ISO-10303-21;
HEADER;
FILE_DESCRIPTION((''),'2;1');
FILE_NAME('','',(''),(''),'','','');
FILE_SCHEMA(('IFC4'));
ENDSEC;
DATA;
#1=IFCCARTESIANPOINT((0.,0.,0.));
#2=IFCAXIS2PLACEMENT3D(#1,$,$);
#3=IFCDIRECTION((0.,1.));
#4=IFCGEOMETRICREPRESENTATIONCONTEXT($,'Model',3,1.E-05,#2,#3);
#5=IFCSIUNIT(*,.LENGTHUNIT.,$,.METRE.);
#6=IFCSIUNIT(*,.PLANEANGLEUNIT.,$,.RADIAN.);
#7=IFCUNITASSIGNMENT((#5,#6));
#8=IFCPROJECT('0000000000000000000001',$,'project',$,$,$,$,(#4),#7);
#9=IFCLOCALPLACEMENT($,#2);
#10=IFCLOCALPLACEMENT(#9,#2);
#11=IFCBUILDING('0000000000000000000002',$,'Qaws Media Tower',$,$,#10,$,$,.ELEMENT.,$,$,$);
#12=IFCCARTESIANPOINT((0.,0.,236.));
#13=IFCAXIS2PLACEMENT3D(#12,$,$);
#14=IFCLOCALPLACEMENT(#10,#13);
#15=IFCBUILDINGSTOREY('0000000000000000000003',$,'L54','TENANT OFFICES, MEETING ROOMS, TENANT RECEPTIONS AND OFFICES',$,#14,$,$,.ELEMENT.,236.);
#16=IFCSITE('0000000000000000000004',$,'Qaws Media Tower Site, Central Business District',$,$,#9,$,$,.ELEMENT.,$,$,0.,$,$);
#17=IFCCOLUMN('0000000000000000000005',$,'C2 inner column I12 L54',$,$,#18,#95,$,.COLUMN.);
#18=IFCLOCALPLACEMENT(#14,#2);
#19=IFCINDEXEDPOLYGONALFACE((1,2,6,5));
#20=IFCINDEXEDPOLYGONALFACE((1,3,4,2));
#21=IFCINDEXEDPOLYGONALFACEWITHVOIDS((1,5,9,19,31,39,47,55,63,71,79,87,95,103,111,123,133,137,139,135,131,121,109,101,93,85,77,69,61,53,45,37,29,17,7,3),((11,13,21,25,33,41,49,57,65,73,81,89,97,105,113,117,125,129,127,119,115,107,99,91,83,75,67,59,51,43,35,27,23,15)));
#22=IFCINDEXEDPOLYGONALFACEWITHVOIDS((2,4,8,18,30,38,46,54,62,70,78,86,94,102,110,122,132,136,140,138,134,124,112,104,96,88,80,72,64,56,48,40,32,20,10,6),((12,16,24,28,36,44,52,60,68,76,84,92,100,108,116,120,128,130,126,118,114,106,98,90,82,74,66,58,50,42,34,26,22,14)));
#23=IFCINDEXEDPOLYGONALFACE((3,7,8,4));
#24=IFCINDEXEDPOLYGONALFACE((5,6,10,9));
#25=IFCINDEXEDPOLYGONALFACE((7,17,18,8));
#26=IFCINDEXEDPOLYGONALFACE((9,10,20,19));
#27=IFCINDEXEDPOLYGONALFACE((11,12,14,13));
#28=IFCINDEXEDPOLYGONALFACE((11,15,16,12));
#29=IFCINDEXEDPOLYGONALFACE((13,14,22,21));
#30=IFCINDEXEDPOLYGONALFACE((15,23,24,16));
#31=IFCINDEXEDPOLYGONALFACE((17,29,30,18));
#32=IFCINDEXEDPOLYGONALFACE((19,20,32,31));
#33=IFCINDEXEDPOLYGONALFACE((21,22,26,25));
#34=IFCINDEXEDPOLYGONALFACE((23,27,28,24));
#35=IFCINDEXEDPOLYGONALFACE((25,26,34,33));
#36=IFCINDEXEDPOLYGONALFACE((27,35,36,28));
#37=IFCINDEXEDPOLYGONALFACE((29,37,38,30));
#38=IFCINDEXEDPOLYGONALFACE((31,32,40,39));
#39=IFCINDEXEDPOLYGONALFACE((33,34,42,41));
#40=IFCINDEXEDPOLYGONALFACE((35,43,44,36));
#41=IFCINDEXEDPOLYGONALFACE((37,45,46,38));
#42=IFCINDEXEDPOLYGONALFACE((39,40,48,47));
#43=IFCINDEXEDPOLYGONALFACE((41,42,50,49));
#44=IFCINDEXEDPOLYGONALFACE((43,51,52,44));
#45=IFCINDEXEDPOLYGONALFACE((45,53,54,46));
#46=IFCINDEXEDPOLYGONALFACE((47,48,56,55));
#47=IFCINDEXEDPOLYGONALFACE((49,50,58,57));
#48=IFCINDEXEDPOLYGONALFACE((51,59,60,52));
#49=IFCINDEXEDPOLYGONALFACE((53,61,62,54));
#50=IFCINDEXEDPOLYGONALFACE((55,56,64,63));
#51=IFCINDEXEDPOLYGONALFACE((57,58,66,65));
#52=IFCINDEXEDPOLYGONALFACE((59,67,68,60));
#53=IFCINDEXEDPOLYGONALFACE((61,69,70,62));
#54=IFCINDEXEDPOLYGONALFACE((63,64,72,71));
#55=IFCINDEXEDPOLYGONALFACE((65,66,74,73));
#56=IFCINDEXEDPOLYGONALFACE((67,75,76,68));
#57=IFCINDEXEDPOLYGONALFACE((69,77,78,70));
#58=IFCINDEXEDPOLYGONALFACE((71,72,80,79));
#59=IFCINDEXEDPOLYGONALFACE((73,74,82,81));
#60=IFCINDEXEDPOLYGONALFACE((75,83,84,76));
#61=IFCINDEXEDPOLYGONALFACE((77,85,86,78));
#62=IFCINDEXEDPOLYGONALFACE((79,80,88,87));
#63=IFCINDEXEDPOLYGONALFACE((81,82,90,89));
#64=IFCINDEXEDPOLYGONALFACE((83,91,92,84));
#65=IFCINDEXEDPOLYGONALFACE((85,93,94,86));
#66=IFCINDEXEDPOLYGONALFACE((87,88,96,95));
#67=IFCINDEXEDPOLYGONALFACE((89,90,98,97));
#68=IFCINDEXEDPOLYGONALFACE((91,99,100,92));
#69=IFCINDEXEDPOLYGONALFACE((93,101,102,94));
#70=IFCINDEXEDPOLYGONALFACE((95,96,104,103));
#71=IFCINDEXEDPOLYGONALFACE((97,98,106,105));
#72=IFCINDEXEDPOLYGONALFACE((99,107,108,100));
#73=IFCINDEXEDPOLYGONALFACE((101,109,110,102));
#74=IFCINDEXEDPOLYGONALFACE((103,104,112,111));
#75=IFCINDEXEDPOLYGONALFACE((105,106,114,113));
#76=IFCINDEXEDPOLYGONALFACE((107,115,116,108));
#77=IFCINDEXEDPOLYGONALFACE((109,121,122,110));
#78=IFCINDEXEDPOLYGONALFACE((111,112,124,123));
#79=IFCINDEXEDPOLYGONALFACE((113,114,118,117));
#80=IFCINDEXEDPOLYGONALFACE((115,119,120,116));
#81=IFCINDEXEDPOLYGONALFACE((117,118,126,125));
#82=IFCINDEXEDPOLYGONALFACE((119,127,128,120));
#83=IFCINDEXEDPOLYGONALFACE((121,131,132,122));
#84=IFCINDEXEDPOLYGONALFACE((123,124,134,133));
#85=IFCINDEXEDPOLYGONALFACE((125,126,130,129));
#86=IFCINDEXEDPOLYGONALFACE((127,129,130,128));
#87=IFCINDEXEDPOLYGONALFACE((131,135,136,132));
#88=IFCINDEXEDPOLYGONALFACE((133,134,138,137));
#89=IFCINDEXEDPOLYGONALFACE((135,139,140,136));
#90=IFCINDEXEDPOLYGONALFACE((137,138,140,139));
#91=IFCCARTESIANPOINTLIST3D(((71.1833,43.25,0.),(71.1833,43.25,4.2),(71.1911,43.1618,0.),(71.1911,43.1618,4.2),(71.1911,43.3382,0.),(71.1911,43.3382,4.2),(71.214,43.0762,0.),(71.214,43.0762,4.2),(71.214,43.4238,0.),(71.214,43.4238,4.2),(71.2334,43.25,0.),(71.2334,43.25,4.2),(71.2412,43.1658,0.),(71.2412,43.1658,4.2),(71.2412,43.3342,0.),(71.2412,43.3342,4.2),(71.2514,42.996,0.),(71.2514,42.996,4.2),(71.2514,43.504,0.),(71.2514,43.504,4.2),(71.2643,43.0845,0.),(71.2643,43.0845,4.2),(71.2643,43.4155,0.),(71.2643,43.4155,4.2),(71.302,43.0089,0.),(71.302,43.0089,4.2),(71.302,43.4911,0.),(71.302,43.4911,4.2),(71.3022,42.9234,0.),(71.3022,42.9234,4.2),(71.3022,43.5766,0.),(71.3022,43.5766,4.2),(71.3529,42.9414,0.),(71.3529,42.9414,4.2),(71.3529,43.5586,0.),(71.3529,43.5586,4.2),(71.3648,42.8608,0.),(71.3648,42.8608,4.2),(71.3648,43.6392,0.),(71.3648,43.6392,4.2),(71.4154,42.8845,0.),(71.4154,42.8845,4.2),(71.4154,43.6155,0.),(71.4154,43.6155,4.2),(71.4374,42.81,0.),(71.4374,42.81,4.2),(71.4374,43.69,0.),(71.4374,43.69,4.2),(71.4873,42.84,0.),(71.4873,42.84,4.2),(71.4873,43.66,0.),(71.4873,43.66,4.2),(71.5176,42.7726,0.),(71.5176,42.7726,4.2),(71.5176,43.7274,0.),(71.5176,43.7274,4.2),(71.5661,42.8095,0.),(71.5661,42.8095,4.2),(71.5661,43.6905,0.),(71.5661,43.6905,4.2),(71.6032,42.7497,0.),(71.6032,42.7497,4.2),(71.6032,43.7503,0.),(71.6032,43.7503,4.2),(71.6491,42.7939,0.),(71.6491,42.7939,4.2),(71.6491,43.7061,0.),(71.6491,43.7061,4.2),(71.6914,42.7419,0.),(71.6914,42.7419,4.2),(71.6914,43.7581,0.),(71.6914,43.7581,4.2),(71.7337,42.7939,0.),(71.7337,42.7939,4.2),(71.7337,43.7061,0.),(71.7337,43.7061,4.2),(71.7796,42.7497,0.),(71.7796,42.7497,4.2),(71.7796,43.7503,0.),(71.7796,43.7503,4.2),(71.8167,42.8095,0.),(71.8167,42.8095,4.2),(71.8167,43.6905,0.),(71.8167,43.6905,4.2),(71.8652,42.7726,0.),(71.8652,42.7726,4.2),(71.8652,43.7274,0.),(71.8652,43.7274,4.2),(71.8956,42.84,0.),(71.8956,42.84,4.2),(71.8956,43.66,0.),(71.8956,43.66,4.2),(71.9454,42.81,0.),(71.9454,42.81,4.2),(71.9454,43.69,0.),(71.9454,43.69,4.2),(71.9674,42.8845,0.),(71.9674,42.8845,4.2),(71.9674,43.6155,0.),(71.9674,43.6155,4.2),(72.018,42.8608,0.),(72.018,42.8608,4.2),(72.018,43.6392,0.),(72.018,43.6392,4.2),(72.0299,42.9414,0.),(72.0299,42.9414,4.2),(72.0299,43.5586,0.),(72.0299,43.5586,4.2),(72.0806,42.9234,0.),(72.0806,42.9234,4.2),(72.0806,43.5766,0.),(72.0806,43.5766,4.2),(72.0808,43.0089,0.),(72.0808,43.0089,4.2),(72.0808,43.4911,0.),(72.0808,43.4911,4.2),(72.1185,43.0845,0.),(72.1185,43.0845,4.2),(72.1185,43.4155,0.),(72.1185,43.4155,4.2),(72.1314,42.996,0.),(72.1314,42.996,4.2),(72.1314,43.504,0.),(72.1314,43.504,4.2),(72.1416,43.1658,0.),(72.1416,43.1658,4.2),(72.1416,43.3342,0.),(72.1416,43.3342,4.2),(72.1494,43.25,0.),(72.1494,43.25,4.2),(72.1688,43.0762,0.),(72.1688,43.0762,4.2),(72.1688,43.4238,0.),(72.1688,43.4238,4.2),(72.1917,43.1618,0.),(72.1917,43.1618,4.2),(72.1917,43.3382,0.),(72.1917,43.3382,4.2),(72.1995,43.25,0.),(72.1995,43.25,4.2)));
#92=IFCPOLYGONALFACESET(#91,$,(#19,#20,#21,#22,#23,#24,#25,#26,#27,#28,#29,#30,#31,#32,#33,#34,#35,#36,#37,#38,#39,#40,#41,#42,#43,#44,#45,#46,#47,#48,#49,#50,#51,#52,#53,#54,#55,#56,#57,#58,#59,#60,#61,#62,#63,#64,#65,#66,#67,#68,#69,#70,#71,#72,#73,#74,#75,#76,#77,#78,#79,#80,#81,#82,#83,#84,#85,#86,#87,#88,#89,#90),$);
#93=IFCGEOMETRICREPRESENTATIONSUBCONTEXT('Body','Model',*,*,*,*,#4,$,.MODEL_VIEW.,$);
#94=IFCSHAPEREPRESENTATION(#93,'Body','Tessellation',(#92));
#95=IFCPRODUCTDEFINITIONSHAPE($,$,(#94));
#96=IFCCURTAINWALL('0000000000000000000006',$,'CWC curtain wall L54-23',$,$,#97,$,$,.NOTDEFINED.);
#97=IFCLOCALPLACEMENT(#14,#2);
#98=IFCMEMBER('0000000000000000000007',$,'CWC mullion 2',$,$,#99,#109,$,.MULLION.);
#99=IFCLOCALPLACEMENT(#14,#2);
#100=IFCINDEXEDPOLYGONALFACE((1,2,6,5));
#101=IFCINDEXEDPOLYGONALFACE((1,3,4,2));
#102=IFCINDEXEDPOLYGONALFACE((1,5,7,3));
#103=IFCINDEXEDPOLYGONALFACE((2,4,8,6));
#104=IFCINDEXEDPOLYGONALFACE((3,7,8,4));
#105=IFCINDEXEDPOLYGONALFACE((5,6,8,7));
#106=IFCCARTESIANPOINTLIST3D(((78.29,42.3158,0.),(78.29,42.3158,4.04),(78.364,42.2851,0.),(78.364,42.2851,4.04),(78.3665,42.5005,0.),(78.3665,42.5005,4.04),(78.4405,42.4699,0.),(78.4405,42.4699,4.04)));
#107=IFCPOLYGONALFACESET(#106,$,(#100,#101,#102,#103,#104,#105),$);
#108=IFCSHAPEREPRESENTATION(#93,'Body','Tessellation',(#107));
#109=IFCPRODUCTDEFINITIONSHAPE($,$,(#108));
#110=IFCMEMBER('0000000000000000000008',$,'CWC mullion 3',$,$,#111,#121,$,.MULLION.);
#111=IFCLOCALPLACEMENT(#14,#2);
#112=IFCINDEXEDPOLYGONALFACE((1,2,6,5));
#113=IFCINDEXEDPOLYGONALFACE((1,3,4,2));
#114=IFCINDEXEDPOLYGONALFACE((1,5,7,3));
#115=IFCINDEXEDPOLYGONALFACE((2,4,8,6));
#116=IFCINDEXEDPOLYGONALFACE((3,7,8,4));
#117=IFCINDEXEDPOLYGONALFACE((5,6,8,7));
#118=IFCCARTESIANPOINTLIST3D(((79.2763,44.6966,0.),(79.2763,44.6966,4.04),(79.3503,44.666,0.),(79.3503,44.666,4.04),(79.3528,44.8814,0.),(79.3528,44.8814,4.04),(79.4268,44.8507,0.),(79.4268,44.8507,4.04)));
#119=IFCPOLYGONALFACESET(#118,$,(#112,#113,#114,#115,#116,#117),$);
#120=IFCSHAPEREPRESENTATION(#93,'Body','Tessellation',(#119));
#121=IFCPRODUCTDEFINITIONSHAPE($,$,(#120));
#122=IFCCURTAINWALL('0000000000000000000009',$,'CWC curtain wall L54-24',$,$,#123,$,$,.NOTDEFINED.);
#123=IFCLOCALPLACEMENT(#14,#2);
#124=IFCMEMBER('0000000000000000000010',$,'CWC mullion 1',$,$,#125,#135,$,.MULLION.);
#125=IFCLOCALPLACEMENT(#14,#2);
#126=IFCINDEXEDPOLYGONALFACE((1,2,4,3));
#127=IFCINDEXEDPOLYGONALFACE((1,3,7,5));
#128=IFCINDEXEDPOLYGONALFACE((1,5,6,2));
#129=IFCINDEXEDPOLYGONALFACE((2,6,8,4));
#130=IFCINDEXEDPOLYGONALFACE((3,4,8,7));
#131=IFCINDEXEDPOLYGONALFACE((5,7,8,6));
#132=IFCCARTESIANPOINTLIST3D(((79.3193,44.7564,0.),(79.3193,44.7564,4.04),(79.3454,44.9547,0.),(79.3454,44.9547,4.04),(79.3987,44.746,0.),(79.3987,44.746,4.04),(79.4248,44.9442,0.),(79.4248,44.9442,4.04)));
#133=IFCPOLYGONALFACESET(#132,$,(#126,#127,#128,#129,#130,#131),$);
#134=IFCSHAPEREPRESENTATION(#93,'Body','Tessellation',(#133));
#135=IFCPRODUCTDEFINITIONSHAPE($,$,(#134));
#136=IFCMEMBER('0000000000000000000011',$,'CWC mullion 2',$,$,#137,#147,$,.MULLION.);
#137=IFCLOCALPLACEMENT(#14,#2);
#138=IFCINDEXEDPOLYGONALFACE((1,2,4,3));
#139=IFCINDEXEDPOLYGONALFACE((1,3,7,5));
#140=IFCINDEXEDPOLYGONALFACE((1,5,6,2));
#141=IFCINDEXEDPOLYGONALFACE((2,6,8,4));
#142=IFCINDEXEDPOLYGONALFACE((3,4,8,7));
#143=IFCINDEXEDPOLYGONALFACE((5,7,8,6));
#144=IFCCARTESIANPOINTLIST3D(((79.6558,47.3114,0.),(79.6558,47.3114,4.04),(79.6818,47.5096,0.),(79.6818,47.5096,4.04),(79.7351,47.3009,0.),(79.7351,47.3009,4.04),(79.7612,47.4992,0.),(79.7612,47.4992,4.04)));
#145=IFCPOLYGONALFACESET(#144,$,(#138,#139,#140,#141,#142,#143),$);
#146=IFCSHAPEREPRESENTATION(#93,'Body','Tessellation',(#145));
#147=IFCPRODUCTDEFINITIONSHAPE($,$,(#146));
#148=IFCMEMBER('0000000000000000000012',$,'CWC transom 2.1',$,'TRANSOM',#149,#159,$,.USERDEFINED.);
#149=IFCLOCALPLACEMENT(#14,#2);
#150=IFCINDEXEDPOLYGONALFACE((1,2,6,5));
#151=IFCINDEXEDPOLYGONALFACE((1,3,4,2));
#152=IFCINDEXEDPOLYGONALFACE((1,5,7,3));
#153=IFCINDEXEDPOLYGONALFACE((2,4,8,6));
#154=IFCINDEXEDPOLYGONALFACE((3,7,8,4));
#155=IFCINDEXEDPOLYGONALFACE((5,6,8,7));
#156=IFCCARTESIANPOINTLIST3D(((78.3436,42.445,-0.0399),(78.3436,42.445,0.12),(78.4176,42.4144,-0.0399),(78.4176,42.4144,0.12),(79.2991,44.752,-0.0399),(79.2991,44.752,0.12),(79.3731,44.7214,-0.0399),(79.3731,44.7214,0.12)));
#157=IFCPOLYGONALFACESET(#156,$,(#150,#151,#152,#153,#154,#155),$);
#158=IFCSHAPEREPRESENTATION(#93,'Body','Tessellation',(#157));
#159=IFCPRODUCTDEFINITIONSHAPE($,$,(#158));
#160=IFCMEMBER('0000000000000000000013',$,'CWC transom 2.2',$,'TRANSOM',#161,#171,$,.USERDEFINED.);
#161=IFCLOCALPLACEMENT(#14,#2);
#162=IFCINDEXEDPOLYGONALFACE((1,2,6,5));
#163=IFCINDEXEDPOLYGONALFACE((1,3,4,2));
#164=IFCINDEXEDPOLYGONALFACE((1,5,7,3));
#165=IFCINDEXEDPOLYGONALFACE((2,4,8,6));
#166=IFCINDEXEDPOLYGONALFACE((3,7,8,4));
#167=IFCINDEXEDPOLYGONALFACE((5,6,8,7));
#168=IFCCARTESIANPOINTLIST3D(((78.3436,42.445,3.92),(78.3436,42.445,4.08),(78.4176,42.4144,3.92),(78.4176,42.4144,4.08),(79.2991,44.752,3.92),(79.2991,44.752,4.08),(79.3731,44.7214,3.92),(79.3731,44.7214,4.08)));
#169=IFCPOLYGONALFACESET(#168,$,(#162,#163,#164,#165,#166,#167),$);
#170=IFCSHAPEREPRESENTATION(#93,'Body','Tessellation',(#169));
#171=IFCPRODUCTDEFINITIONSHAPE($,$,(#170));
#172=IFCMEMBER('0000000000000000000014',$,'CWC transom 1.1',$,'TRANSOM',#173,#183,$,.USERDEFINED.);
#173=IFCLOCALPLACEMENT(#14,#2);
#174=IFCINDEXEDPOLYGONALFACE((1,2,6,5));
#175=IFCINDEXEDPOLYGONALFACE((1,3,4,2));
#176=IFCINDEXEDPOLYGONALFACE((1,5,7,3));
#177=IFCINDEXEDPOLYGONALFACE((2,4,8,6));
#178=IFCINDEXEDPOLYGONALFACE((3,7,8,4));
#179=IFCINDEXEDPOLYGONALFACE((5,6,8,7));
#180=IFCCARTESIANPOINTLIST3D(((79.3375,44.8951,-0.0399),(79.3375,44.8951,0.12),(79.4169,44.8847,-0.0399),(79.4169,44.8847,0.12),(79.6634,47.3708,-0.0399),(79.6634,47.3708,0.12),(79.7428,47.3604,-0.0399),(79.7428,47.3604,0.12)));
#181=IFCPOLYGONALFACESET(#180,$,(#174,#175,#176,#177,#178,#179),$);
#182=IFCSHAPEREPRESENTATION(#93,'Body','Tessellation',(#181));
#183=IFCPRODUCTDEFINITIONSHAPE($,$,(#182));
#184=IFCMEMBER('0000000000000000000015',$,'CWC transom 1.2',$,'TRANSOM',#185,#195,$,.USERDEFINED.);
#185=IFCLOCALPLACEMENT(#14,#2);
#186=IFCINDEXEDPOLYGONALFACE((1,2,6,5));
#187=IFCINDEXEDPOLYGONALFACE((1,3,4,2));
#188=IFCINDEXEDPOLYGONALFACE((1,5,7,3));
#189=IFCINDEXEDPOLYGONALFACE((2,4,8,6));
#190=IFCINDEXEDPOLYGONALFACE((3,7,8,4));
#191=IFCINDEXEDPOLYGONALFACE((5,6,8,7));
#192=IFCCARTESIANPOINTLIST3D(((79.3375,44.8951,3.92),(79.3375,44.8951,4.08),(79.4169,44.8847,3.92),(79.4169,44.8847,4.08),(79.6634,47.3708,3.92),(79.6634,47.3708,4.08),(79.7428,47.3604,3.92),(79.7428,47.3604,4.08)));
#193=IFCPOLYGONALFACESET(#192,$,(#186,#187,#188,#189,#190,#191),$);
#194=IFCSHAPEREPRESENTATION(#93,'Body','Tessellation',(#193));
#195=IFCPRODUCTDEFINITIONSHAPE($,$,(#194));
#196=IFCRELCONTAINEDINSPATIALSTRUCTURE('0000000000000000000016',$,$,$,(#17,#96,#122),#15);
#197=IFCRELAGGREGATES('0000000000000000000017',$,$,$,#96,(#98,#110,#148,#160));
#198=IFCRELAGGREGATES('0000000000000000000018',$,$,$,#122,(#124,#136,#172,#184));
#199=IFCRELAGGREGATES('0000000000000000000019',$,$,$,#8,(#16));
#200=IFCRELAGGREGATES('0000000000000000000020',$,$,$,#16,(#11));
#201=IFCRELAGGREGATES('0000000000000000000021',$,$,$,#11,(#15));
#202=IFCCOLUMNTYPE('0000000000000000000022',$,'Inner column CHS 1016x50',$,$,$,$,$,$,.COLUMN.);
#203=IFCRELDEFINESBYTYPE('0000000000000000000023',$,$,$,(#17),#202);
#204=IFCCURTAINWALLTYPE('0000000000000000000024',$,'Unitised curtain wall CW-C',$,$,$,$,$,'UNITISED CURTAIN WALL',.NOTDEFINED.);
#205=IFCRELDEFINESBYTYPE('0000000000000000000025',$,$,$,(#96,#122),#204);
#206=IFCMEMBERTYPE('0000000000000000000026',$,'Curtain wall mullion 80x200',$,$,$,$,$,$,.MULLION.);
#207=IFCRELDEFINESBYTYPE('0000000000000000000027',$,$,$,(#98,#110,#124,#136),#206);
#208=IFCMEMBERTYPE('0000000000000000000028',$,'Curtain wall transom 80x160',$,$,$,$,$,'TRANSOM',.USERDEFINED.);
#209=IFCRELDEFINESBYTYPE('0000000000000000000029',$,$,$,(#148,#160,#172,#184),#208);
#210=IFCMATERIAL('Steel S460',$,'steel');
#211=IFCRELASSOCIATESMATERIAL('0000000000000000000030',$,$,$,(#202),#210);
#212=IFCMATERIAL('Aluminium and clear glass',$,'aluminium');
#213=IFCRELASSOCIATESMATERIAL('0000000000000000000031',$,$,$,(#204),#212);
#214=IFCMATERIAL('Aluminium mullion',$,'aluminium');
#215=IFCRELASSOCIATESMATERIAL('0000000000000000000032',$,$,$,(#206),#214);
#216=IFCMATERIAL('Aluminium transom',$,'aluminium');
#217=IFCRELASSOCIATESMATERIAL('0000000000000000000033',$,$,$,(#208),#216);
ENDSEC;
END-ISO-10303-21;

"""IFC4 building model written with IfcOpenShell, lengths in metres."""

from ifc_helpers import new_model, si_unit, direction, frame, origin, origin_2d, place, context, subcontext, project, spatial, rectangle, hollow_circle, extrude, material, material_profile, profile_set, type_object, element, aggregate, save


model = new_model("IFC4")

# Units and contexts
model_context = context("Model", 3, precision=1e-05, world=origin(), true_north=direction((0.0, 1.0)))
body_context = subcontext(model_context, "Body", "Model", "MODEL_VIEW")
ifc_project = project(units=[si_unit("LENGTHUNIT", "METRE"), si_unit("PLANEANGLEUNIT", "RADIAN")], contexts=[model_context])

# Site, building, storey
site_placement = place(None, origin())
site = spatial("IfcSite", under=ifc_project, at=site_placement, Name="Qaws Media Tower Site, Central Business District", CompositionType="ELEMENT", RefElevation=0.0)
building_placement = place(site_placement, origin())
building = spatial("IfcBuilding", under=site, at=building_placement, Name="Qaws Media Tower", CompositionType="ELEMENT")
storey_placement = place(building_placement, frame((0.0, 0.0, 236.0)))
storey = spatial("IfcBuildingStorey", under=building, at=storey_placement, Name="L54", Description="TENANT OFFICES, MEETING ROOMS, TENANT RECEPTIONS AND OFFICES", CompositionType="ELEMENT", Elevation=236.0)

# Column
ifc_material_1 = material(Name="Steel S460", Category="steel")
ifc_material_profile_1 = material_profile(ifc_material_1, hollow_circle(Radius=0.5081, WallThickness=0.05, at=origin_2d()), Name="CHS 1016x50")
ifc_profile_set_1 = profile_set([ifc_material_profile_1], Name="Steel S460")
column_type = type_object("IfcColumnType", Name="Inner column CHS 1016x50", PredefinedType="COLUMN", material=ifc_profile_set_1)
column_placement = place(storey_placement, frame((71.6914, 43.25, 0.0), z_axis=(0.0, 0.0, 1.0), x_axis=(1.0, 0.0, 0.0)))
element("IfcColumn", 1, at=column_placement, inside=storey, type_object=column_type, Name="C2 inner column I12 L54", PredefinedType="COLUMN", context=body_context, shape_type="SweptSolid", body=[
    extrude(hollow_circle(Radius=0.5081, WallThickness=0.05, at=origin_2d()), origin(), (0.0, 0.0, 1.0), 4.2),
])

# Curtain walls, members
ifc_material_2 = material(Name="Aluminium and clear glass", Category="aluminium")
curtain_wall_type = type_object("IfcCurtainWallType", Name="Unitised curtain wall CW-C", ElementType="UNITISED CURTAIN WALL", PredefinedType="NOTDEFINED", material=ifc_material_2)
curtain_wall_1_placement = place(storey_placement, origin())
curtain_wall_1 = element("IfcCurtainWall", 2, at=curtain_wall_1_placement, inside=storey, type_object=curtain_wall_type, Name="CWC curtain wall L54-23", PredefinedType="NOTDEFINED")
ifc_material_3 = material(Name="Aluminium mullion", Category="aluminium")
ifc_material_profile_2 = material_profile(ifc_material_3, rectangle(XDim=0.0801, YDim=0.2, at=origin_2d()), Name="80x200")
ifc_profile_set_2 = profile_set([ifc_material_profile_2], Name="Aluminium mullion")
member_type_1 = type_object("IfcMemberType", Name="Curtain wall mullion 80x200", PredefinedType="MULLION", material=ifc_profile_set_2)
member_1_placement = place(storey_placement, frame((78.3652, 42.3928, 0.0), z_axis=(0.0, 0.0, 1.0), x_axis=(-0.923879, 0.382684, 0.0)))
member_1 = element("IfcMember", 3, at=member_1_placement, type_object=member_type_1, Name="CWC mullion 2", PredefinedType="MULLION", context=body_context, shape_type="SweptSolid", body=[
    extrude(rectangle(XDim=0.0801, YDim=0.2, at=origin_2d()), origin(), (0.0, 0.0, 1.0), 4.04),
])
member_2_placement = place(storey_placement, frame((79.3516, 44.7737, 0.0), z_axis=(0.0, 0.0, 1.0), x_axis=(-0.923879, 0.382684, 0.0)))
member_2 = element("IfcMember", 4, at=member_2_placement, type_object=member_type_1, Name="CWC mullion 3", PredefinedType="MULLION", context=body_context, shape_type="SweptSolid", body=[
    extrude(rectangle(XDim=0.0801, YDim=0.2, at=origin_2d()), origin(), (0.0, 0.0, 1.0), 4.04),
])
curtain_wall_2_placement = place(storey_placement, origin())
curtain_wall_2 = element("IfcCurtainWall", 5, at=curtain_wall_2_placement, inside=storey, type_object=curtain_wall_type, Name="CWC curtain wall L54-24", PredefinedType="NOTDEFINED")
member_3_placement = place(storey_placement, frame((79.3721, 44.8503, 0.0), z_axis=(0.0, 0.0, 1.0), x_axis=(-0.991445, 0.130526, 0.0)))
member_3 = element("IfcMember", 6, at=member_3_placement, type_object=member_type_1, Name="CWC mullion 1", PredefinedType="MULLION", context=body_context, shape_type="SweptSolid", body=[
    extrude(rectangle(XDim=0.0801, YDim=0.2, at=origin_2d()), origin(), (0.0, 0.0, 1.0), 4.04),
])
member_4_placement = place(storey_placement, frame((79.7085, 47.4053, 0.0), z_axis=(0.0, 0.0, 1.0), x_axis=(-0.991445, 0.130526, 0.0)))
member_4 = element("IfcMember", 7, at=member_4_placement, type_object=member_type_1, Name="CWC mullion 2", PredefinedType="MULLION", context=body_context, shape_type="SweptSolid", body=[
    extrude(rectangle(XDim=0.0801, YDim=0.2, at=origin_2d()), origin(), (0.0, 0.0, 1.0), 4.04),
])

# Members
ifc_material_4 = material(Name="Aluminium transom", Category="aluminium")
ifc_material_profile_3 = material_profile(ifc_material_4, rectangle(XDim=0.0801, YDim=0.1599, at=origin_2d()), Name="80x160")
ifc_profile_set_3 = profile_set([ifc_material_profile_3], Name="Aluminium transom")
member_type_2 = type_object("IfcMemberType", Name="Curtain wall transom 80x160", ElementType="TRANSOM", PredefinedType="USERDEFINED", material=ifc_profile_set_3)
member_5_placement = place(storey_placement, frame((78.3806, 42.4297, 0.04), z_axis=(0.382657, 0.923891, 0.0), x_axis=(-0.923891, 0.382657, 0.0)))
member_5 = element("IfcMember", 8, at=member_5_placement, type_object=member_type_2, Name="CWC transom 2.1", ObjectType="TRANSOM", PredefinedType="USERDEFINED", context=body_context, shape_type="SweptSolid", body=[
    extrude(rectangle(XDim=0.0801, YDim=0.1599, at=origin_2d()), origin(), (0.0, 0.0, 1.0), 2.4971),
])
member_6_placement = place(storey_placement, frame((78.3806, 42.4297, 4.0), z_axis=(0.382657, 0.923891, 0.0), x_axis=(-0.923891, 0.382657, 0.0)))
member_6 = element("IfcMember", 9, at=member_6_placement, type_object=member_type_2, Name="CWC transom 2.2", ObjectType="TRANSOM", PredefinedType="USERDEFINED", context=body_context, shape_type="SweptSolid", body=[
    extrude(rectangle(XDim=0.0801, YDim=0.1599, at=origin_2d()), origin(), (0.0, 0.0, 1.0), 2.4971),
])
member_7_placement = place(storey_placement, frame((79.3772, 44.8899, 0.04), z_axis=(0.130518, 0.991446, 0.0), x_axis=(-0.991446, 0.130518, 0.0)))
member_7 = element("IfcMember", 10, at=member_7_placement, type_object=member_type_2, Name="CWC transom 1.1", ObjectType="TRANSOM", PredefinedType="USERDEFINED", context=body_context, shape_type="SweptSolid", body=[
    extrude(rectangle(XDim=0.0801, YDim=0.1599, at=origin_2d()), origin(), (0.0, 0.0, 1.0), 2.4971),
])
member_8_placement = place(storey_placement, frame((79.3772, 44.8899, 4.0), z_axis=(0.130518, 0.991446, 0.0), x_axis=(-0.991446, 0.130518, 0.0)))
member_8 = element("IfcMember", 11, at=member_8_placement, type_object=member_type_2, Name="CWC transom 1.2", ObjectType="TRANSOM", PredefinedType="USERDEFINED", context=body_context, shape_type="SweptSolid", body=[
    extrude(rectangle(XDim=0.0801, YDim=0.1599, at=origin_2d()), origin(), (0.0, 0.0, 1.0), 2.4971),
])

aggregate(curtain_wall_1, [member_1, member_2, member_5, member_6])
aggregate(curtain_wall_2, [member_3, member_4, member_7, member_8])

save(model, "model.ifc")
